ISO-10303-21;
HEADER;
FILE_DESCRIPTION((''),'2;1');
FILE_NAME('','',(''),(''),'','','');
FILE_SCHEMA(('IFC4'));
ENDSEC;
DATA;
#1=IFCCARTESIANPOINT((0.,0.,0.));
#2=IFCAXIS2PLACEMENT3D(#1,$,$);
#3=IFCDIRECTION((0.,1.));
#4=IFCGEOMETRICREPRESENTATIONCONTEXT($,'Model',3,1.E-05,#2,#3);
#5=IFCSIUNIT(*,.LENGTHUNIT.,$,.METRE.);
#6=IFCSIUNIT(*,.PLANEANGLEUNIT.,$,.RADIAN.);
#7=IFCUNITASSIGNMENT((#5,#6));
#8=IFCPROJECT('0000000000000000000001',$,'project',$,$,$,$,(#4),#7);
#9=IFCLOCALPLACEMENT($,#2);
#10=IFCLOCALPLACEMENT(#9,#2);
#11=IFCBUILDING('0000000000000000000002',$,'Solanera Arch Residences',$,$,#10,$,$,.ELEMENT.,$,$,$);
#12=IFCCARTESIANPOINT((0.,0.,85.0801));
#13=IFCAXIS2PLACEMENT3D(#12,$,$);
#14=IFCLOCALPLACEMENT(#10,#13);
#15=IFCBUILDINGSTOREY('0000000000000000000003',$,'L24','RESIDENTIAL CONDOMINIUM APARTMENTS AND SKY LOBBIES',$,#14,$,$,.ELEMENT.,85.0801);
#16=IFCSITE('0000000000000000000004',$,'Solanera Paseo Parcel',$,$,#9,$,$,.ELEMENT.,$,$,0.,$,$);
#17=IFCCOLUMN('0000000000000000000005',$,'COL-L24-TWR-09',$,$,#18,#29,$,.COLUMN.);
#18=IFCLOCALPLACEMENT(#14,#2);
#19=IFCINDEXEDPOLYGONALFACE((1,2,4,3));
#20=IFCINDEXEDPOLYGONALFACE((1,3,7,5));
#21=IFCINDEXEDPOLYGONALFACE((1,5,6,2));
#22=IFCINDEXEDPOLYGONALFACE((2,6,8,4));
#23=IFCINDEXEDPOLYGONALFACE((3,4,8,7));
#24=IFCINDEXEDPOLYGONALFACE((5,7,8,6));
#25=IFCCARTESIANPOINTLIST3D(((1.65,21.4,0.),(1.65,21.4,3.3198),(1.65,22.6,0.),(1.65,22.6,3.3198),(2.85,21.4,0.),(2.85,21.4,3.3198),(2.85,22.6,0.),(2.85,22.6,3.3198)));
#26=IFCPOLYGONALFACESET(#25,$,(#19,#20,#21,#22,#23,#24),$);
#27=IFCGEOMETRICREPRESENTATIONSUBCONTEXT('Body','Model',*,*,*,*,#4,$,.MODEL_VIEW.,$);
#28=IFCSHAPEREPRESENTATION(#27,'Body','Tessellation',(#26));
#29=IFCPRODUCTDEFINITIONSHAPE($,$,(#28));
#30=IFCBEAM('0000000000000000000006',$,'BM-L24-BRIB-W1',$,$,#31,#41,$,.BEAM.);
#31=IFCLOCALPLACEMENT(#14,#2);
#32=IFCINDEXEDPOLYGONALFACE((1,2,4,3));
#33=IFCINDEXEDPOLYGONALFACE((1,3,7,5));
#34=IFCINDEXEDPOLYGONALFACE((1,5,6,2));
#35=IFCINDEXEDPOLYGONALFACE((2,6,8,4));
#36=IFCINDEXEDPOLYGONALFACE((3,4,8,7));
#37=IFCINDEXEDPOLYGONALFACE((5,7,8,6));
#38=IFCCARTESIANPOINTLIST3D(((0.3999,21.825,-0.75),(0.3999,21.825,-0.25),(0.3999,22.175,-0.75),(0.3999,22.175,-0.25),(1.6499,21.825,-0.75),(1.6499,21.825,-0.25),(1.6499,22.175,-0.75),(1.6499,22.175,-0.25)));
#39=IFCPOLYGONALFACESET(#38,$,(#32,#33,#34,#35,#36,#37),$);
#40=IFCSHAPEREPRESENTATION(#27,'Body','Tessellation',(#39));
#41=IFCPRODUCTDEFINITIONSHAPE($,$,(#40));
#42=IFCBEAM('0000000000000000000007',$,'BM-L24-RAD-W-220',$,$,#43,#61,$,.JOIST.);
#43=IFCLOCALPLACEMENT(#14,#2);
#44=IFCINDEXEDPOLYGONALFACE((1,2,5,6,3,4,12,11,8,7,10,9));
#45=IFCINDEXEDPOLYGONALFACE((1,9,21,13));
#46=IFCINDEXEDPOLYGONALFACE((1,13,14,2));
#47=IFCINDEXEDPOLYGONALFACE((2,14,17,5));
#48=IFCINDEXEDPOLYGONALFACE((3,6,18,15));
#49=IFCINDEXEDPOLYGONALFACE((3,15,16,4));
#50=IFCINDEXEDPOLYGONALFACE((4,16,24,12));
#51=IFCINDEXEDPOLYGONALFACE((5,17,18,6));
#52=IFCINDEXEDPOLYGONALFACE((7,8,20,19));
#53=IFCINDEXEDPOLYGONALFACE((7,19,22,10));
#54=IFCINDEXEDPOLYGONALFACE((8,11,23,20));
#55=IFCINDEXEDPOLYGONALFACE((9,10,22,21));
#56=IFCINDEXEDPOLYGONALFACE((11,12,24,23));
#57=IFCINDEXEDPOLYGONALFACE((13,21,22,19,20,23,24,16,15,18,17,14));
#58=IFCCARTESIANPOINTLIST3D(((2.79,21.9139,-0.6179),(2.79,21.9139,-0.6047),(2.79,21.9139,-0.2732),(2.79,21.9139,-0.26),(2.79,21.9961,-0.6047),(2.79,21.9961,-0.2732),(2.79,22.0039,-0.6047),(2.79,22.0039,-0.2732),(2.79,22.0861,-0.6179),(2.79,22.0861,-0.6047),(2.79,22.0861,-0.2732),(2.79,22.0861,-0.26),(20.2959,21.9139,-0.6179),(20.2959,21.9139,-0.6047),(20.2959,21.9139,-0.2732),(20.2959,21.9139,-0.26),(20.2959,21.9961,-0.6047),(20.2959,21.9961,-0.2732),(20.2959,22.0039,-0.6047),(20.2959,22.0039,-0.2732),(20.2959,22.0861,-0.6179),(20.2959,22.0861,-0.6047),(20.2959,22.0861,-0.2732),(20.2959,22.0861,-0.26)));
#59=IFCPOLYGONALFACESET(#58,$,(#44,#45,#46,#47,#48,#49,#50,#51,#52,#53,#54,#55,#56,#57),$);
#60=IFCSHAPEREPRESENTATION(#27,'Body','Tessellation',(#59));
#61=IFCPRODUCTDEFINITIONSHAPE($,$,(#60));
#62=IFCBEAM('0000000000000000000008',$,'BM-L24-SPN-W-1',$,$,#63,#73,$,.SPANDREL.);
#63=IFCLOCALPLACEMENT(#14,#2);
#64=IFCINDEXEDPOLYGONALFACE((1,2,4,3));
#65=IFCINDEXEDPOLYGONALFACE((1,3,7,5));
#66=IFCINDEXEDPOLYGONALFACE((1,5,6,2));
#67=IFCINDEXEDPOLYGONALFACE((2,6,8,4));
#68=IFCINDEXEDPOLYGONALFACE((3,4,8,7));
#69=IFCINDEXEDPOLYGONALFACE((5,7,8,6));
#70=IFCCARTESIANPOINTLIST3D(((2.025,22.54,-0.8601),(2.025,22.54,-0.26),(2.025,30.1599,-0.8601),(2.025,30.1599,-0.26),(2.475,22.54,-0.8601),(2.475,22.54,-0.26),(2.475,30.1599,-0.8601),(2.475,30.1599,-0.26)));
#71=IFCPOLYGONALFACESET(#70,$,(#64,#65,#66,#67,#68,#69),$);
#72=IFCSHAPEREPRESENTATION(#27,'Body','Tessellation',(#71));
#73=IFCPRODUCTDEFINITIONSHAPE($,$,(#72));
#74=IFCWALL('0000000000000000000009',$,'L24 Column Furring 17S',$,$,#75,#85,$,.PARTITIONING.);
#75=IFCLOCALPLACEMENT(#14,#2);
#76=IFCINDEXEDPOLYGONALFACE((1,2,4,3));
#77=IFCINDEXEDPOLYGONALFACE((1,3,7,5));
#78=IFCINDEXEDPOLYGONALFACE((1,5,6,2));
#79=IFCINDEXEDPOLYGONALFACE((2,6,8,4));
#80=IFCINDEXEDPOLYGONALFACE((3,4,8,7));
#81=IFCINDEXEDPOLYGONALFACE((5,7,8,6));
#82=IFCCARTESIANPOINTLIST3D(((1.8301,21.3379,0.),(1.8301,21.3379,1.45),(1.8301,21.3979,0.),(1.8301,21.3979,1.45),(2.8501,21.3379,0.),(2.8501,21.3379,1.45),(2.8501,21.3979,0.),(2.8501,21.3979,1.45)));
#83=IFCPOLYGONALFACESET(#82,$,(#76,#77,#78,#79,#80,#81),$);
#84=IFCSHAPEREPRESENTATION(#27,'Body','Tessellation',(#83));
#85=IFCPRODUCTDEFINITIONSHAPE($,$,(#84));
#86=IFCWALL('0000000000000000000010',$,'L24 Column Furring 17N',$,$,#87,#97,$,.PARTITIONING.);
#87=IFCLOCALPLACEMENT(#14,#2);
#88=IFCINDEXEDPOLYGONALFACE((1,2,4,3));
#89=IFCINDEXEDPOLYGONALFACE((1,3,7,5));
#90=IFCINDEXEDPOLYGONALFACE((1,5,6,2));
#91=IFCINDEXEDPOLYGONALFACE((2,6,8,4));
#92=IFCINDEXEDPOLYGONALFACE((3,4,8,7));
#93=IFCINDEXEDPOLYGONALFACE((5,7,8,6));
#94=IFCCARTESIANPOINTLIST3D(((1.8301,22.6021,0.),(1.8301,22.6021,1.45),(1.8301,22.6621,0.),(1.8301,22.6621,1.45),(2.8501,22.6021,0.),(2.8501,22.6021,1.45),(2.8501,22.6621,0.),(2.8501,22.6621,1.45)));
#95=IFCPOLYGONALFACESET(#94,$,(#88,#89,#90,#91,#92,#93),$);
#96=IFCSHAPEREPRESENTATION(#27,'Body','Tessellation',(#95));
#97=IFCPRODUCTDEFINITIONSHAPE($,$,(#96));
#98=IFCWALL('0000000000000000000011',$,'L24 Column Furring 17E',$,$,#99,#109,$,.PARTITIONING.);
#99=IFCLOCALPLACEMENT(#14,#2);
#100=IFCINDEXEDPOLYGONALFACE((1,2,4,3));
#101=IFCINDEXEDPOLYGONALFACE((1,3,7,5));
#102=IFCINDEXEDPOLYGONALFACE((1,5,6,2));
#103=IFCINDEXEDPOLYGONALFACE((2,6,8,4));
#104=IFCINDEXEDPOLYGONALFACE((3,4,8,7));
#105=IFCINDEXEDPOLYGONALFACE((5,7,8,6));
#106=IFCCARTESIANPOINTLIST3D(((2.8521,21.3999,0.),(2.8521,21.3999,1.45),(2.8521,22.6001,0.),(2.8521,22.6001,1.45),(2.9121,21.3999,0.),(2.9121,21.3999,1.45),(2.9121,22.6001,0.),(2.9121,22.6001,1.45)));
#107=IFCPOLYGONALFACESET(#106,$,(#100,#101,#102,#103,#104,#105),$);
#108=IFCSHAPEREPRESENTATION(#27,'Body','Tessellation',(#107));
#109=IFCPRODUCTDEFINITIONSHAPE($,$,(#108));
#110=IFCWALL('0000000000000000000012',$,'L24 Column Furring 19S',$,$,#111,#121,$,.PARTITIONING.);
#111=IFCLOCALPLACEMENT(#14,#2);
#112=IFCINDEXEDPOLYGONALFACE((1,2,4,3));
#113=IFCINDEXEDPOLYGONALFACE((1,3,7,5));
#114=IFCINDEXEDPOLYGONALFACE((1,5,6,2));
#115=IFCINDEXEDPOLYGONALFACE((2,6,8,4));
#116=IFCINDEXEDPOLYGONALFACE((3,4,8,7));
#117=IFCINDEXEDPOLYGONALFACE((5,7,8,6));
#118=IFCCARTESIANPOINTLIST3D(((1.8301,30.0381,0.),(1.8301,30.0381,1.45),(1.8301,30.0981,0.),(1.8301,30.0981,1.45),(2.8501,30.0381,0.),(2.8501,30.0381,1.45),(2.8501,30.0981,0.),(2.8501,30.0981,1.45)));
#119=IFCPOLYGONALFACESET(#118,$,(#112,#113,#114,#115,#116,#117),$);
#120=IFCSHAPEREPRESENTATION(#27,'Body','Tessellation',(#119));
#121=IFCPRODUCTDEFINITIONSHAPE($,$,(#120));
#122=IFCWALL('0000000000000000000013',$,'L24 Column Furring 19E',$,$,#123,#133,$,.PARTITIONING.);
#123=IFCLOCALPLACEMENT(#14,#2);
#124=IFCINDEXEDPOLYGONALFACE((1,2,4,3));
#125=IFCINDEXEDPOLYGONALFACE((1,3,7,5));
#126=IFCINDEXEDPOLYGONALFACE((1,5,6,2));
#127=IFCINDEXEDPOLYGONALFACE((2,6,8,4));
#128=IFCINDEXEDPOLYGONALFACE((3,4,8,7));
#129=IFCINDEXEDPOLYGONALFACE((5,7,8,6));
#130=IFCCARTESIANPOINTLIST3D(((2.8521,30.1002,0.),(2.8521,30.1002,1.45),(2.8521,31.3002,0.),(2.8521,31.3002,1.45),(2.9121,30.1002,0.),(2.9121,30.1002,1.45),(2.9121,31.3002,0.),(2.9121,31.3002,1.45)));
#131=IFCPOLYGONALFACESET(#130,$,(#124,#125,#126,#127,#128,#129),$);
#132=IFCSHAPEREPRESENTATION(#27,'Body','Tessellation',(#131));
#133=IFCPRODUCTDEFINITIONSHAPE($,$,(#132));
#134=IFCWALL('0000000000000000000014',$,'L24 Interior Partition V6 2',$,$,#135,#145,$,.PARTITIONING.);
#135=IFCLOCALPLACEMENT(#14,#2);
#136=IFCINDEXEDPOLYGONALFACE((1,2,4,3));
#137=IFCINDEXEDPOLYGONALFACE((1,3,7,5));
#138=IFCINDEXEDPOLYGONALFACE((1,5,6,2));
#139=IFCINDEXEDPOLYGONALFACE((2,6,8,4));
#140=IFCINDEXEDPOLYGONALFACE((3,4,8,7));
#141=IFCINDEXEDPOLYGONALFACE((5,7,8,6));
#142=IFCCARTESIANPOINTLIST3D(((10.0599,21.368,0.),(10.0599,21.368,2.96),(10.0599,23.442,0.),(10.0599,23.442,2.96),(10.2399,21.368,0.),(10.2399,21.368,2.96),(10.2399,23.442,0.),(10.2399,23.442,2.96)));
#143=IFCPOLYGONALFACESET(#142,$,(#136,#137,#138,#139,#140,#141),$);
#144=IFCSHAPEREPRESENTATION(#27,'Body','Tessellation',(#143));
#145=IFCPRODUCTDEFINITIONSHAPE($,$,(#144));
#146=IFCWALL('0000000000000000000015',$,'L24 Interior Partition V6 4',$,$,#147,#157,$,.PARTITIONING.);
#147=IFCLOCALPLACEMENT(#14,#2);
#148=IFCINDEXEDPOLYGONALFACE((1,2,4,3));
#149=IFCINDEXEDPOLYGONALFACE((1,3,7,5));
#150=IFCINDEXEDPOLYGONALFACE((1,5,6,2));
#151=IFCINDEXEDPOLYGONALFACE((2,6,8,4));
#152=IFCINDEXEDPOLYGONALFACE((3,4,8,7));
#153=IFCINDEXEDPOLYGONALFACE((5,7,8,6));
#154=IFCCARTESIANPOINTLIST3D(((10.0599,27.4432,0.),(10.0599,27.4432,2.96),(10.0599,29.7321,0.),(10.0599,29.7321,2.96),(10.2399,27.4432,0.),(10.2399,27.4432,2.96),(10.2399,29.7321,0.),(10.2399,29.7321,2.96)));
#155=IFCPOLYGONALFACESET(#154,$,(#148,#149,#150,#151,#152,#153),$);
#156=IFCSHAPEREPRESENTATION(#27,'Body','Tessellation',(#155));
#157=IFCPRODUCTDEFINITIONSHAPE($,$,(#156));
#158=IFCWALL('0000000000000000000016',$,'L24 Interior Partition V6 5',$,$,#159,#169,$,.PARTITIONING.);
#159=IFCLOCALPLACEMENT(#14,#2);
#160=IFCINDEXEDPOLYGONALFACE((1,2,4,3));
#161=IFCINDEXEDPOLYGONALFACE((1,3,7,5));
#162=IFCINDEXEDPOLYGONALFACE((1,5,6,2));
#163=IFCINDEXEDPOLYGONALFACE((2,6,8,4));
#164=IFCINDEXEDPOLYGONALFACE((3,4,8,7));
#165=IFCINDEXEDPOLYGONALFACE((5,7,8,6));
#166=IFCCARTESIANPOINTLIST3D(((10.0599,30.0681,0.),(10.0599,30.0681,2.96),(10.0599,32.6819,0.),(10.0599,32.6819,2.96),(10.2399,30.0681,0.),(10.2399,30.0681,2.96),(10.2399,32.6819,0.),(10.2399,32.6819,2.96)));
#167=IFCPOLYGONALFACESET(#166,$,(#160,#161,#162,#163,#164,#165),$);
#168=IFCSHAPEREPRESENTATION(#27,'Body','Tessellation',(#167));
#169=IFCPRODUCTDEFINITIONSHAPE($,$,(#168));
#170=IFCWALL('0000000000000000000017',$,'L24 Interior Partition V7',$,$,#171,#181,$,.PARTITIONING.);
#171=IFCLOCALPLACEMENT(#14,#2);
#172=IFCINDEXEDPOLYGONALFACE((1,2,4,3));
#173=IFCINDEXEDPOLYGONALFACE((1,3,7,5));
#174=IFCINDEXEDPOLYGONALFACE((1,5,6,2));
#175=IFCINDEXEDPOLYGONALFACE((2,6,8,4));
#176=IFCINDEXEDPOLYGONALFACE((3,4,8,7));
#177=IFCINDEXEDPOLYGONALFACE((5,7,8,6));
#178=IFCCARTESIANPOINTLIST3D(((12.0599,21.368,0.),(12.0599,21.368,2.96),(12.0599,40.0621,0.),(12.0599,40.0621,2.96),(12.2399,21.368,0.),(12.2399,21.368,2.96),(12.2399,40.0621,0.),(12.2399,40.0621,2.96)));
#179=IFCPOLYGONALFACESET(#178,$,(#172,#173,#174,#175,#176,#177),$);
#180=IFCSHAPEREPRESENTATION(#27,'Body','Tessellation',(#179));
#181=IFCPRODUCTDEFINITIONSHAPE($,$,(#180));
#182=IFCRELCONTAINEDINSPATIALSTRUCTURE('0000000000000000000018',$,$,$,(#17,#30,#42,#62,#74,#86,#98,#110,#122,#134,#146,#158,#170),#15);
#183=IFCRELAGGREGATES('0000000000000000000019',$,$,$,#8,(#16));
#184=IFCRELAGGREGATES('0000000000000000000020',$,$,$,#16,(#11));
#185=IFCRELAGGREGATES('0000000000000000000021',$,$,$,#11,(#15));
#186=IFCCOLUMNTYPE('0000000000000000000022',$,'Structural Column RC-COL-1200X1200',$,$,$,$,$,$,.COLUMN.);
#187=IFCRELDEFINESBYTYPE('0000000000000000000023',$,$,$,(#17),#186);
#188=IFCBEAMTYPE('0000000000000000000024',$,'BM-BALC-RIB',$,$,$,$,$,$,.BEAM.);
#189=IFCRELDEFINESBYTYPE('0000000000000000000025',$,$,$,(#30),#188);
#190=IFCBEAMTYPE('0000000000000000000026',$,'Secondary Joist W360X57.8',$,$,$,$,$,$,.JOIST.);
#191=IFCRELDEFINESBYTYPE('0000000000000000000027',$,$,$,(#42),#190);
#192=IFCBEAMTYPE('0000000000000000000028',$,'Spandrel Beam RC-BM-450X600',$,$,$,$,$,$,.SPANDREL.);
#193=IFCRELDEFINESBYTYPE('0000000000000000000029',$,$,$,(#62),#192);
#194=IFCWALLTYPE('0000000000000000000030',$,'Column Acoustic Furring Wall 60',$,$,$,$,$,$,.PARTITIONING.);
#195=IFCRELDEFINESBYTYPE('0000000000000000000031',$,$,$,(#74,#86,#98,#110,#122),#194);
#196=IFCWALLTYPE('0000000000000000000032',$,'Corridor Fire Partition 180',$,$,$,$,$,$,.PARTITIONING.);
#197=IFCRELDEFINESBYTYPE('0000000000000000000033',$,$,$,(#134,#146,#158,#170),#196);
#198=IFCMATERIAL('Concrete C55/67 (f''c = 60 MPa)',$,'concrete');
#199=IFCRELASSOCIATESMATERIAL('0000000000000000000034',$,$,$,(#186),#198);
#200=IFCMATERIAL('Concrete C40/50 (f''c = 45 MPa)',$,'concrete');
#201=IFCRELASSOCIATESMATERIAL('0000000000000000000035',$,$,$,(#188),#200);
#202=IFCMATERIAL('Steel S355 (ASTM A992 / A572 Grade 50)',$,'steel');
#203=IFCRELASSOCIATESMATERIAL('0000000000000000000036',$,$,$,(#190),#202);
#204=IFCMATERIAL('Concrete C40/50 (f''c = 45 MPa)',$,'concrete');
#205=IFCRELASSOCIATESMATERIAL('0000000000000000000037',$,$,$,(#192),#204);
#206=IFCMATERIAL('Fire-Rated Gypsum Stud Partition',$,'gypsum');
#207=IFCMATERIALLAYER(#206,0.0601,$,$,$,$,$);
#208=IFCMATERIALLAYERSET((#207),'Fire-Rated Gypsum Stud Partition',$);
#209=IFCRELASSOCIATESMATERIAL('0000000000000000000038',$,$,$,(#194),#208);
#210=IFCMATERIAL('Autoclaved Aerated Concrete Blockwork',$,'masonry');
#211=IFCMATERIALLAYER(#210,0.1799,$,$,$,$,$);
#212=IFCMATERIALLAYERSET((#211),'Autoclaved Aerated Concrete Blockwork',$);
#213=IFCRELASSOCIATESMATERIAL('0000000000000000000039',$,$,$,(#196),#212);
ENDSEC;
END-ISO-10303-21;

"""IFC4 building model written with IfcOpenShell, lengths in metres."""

from ifc_helpers import new_model, si_unit, direction, frame, frame_2d, origin, origin_2d, place, context, subcontext, project, spatial, rectangle, i_section, extrude, material, layer, layer_set, material_profile, profile_set, type_object, element, save


model = new_model("IFC4")

# Units and contexts
model_context = context("Model", 3, precision=1e-05, world=origin(), true_north=direction((0.0, 1.0)))
body_context = subcontext(model_context, "Body", "Model", "MODEL_VIEW")
ifc_project = project(units=[si_unit("LENGTHUNIT", "METRE"), si_unit("PLANEANGLEUNIT", "RADIAN")], contexts=[model_context])

# Site, building, storey
site_placement = place(None, origin())
site = spatial("IfcSite", under=ifc_project, at=site_placement, Name="Solanera Paseo Parcel", CompositionType="ELEMENT", RefElevation=0.0)
building_placement = place(site_placement, origin())
building = spatial("IfcBuilding", under=site, at=building_placement, Name="Solanera Arch Residences", CompositionType="ELEMENT")
storey_placement = place(building_placement, frame((0.0, 0.0, 85.0801)))
storey = spatial("IfcBuildingStorey", under=building, at=storey_placement, Name="L24", Description="RESIDENTIAL CONDOMINIUM APARTMENTS AND SKY LOBBIES", CompositionType="ELEMENT", Elevation=85.0801)

# Column
ifc_material_1 = material(Name="Concrete C55/67 (f'c = 60 MPa)", Category="concrete")
ifc_material_profile_1 = material_profile(ifc_material_1, rectangle(XDim=1.2, YDim=1.2, at=origin_2d()))
ifc_profile_set_1 = profile_set([ifc_material_profile_1], Name="Concrete C55/67 (f'c = 60 MPa)")
column_type = type_object("IfcColumnType", Name="Structural Column RC-COL-1200X1200", PredefinedType="COLUMN", material=ifc_profile_set_1)
column_placement = place(storey_placement, frame((2.25, 22.0, 0.0), z_axis=(0.0, 0.0, 1.0), x_axis=(1.0, 0.0, 0.0)))
element("IfcColumn", 1, at=column_placement, inside=storey, type_object=column_type, Name="COL-L24-TWR-09", PredefinedType="COLUMN", context=body_context, shape_type="SweptSolid", body=[
    extrude(rectangle(XDim=1.2, YDim=1.2, at=origin_2d()), origin(), (0.0, 0.0, 1.0), 3.3198),
])

# Beams
ifc_material_2 = material(Name="Concrete C40/50 (f'c = 45 MPa)", Category="concrete")
ifc_material_profile_2 = material_profile(ifc_material_2, rectangle(XDim=0.3501, YDim=0.5, at=origin_2d()))
ifc_profile_set_2 = profile_set([ifc_material_profile_2], Name="Concrete C40/50 (f'c = 45 MPa)")
beam_type_1 = type_object("IfcBeamType", Name="BM-BALC-RIB", PredefinedType="BEAM", material=ifc_profile_set_2)
beam_1_placement = place(storey_placement, frame((0.3999, 22.0, -0.5), z_axis=(1.0, 0.0, 0.0), x_axis=(0.0, 1.0, 0.0)))
element("IfcBeam", 2, at=beam_1_placement, inside=storey, type_object=beam_type_1, Name="BM-L24-BRIB-W1", PredefinedType="BEAM", context=body_context, shape_type="SweptSolid", body=[
    extrude(rectangle(XDim=0.3501, YDim=0.5, at=origin_2d()), origin(), (0.0, 0.0, 1.0), 1.25),
])
ifc_material_3 = material(Name="Steel S355 (ASTM A992 / A572 Grade 50)", Category="steel")
ifc_material_profile_3 = material_profile(ifc_material_3, i_section(OverallWidth=0.1721, OverallDepth=0.3579, WebThickness=0.0078, FlangeThickness=0.0132, at=origin_2d()))
ifc_profile_set_3 = profile_set([ifc_material_profile_3], Name="Steel S355 (ASTM A992 / A572 Grade 50)")
beam_type_2 = type_object("IfcBeamType", Name="Secondary Joist W360X57.8", PredefinedType="JOIST", material=ifc_profile_set_3)
beam_2_placement = place(storey_placement, frame((2.79, 22.0, -0.439), z_axis=(1.0, 0.0, 0.0), x_axis=(0.0, 1.0, 0.0)))
element("IfcBeam", 3, at=beam_2_placement, inside=storey, type_object=beam_type_2, Name="BM-L24-RAD-W-220", PredefinedType="JOIST", context=body_context, shape_type="SweptSolid", body=[
    extrude(i_section(OverallWidth=0.1721, OverallDepth=0.3579, WebThickness=0.0078, FlangeThickness=0.0132, at=origin_2d()), origin(), (0.0, 0.0, 1.0), 17.5059),
])
ifc_material_4 = material(Name="Concrete C40/50 (f'c = 45 MPa)", Category="concrete")
ifc_material_profile_4 = material_profile(ifc_material_4, rectangle(XDim=0.45, YDim=0.6001, at=origin_2d()))
ifc_profile_set_4 = profile_set([ifc_material_profile_4], Name="Concrete C40/50 (f'c = 45 MPa)")
beam_type_3 = type_object("IfcBeamType", Name="Spandrel Beam RC-BM-450X600", PredefinedType="SPANDREL", material=ifc_profile_set_4)
beam_3_placement = place(storey_placement, frame((2.25, 22.54, -0.5601), z_axis=(0.0, 1.0, 0.0), x_axis=(-1.0, 0.0, 0.0)))
element("IfcBeam", 4, at=beam_3_placement, inside=storey, type_object=beam_type_3, Name="BM-L24-SPN-W-1", PredefinedType="SPANDREL", context=body_context, shape_type="SweptSolid", body=[
    extrude(rectangle(XDim=0.45, YDim=0.6001, at=origin_2d()), origin(), (0.0, 0.0, 1.0), 7.6199),
])

# Walls
ifc_material_5 = material(Name="Fire-Rated Gypsum Stud Partition", Category="gypsum")
ifc_layer_1 = layer(ifc_material_5, 0.0601)
ifc_layer_set_1 = layer_set([ifc_layer_1], Name="Fire-Rated Gypsum Stud Partition")
wall_type_1 = type_object("IfcWallType", Name="Column Acoustic Furring Wall 60", PredefinedType="PARTITIONING", material=ifc_layer_set_1)
for number, where, z_axis, x_axis, name in (
    (5, (1.8301, 21.3679, 0.0), (0.0, 0.0, 1.0), (1.0, 0.0, 0.0), "L24 Column Furring 17S"),
    (6, (1.8301, 22.6321, 0.0), (0.0, 0.0, 1.0), (1.0, 0.0, 0.0), "L24 Column Furring 17N"),
):
    element("IfcWall", number, at=place(storey_placement, frame(where, z_axis=z_axis, x_axis=x_axis)), inside=storey, type_object=wall_type_1, Name=name, PredefinedType="PARTITIONING", context=body_context, shape_type="SweptSolid", body=[
        extrude(rectangle(XDim=1.02, YDim=0.0601, at=frame_2d((0.51, 0.0))), origin(), (0.0, 0.0, 1.0), 1.45),
    ])
wall_1_placement = place(storey_placement, frame((2.8821, 21.3999, 0.0), z_axis=(0.0, 0.0, 1.0), x_axis=(0.0, 1.0, 0.0)))
element("IfcWall", 7, at=wall_1_placement, inside=storey, type_object=wall_type_1, Name="L24 Column Furring 17E", PredefinedType="PARTITIONING", context=body_context, shape_type="SweptSolid", body=[
    extrude(rectangle(XDim=1.2002, YDim=0.0601, at=frame_2d((0.6001, 0.0))), origin(), (0.0, 0.0, 1.0), 1.45),
])
wall_2_placement = place(storey_placement, frame((1.8301, 30.0681, 0.0), z_axis=(0.0, 0.0, 1.0), x_axis=(1.0, 0.0, 0.0)))
element("IfcWall", 8, at=wall_2_placement, inside=storey, type_object=wall_type_1, Name="L24 Column Furring 19S", PredefinedType="PARTITIONING", context=body_context, shape_type="SweptSolid", body=[
    extrude(rectangle(XDim=1.02, YDim=0.0601, at=frame_2d((0.51, 0.0))), origin(), (0.0, 0.0, 1.0), 1.45),
])
wall_3_placement = place(storey_placement, frame((2.8821, 30.1001, 0.0), z_axis=(0.0, 0.0, 1.0), x_axis=(0.0, 1.0, 0.0)))
element("IfcWall", 9, at=wall_3_placement, inside=storey, type_object=wall_type_1, Name="L24 Column Furring 19E", PredefinedType="PARTITIONING", context=body_context, shape_type="SweptSolid", body=[
    extrude(rectangle(XDim=1.2, YDim=0.0601, at=frame_2d((0.6001, 0.0))), origin(), (0.0, 0.0, 1.0), 1.45),
])
ifc_material_6 = material(Name="Autoclaved Aerated Concrete Blockwork", Category="masonry")
ifc_layer_2 = layer(ifc_material_6, 0.1799)
ifc_layer_set_2 = layer_set([ifc_layer_2], Name="Autoclaved Aerated Concrete Blockwork")
wall_type_2 = type_object("IfcWallType", Name="Corridor Fire Partition 180", PredefinedType="PARTITIONING", material=ifc_layer_set_2)
wall_4_placement = place(storey_placement, frame((10.1499, 21.3679, 0.0), z_axis=(0.0, 0.0, 1.0), x_axis=(0.0, 1.0, 0.0)))
element("IfcWall", 10, at=wall_4_placement, inside=storey, type_object=wall_type_2, Name="L24 Interior Partition V6 2", PredefinedType="PARTITIONING", context=body_context, shape_type="SweptSolid", body=[
    extrude(rectangle(XDim=2.074, YDim=0.1799, at=frame_2d((1.0371, 0.0))), origin(), (0.0, 0.0, 1.0), 2.96),
])

# Walls
wall_5_placement = place(storey_placement, frame((10.1499, 27.4431, 0.0), z_axis=(0.0, 0.0, 1.0), x_axis=(0.0, 1.0, 0.0)))
element("IfcWall", 11, at=wall_5_placement, inside=storey, type_object=wall_type_2, Name="L24 Interior Partition V6 4", PredefinedType="PARTITIONING", context=body_context, shape_type="SweptSolid", body=[
    extrude(rectangle(XDim=2.2888, YDim=0.1799, at=frame_2d((1.1445, 0.0))), origin(), (0.0, 0.0, 1.0), 2.96),
])
wall_6_placement = place(storey_placement, frame((10.1499, 30.0681, 0.0), z_axis=(0.0, 0.0, 1.0), x_axis=(0.0, 1.0, 0.0)))
element("IfcWall", 12, at=wall_6_placement, inside=storey, type_object=wall_type_2, Name="L24 Interior Partition V6 5", PredefinedType="PARTITIONING", context=body_context, shape_type="SweptSolid", body=[
    extrude(rectangle(XDim=2.6138, YDim=0.1799, at=frame_2d((1.3069, 0.0))), origin(), (0.0, 0.0, 1.0), 2.96),
])
wall_7_placement = place(storey_placement, frame((12.1499, 21.3679, 0.0), z_axis=(0.0, 0.0, 1.0), x_axis=(0.0, 1.0, 0.0)))
element("IfcWall", 13, at=wall_7_placement, inside=storey, type_object=wall_type_2, Name="L24 Interior Partition V7", PredefinedType="PARTITIONING", context=body_context, shape_type="SweptSolid", body=[
    extrude(rectangle(XDim=18.6941, YDim=0.1799, at=frame_2d((9.3472, 0.0))), origin(), (0.0, 0.0, 1.0), 2.96),
])

save(model, "model.ifc")
